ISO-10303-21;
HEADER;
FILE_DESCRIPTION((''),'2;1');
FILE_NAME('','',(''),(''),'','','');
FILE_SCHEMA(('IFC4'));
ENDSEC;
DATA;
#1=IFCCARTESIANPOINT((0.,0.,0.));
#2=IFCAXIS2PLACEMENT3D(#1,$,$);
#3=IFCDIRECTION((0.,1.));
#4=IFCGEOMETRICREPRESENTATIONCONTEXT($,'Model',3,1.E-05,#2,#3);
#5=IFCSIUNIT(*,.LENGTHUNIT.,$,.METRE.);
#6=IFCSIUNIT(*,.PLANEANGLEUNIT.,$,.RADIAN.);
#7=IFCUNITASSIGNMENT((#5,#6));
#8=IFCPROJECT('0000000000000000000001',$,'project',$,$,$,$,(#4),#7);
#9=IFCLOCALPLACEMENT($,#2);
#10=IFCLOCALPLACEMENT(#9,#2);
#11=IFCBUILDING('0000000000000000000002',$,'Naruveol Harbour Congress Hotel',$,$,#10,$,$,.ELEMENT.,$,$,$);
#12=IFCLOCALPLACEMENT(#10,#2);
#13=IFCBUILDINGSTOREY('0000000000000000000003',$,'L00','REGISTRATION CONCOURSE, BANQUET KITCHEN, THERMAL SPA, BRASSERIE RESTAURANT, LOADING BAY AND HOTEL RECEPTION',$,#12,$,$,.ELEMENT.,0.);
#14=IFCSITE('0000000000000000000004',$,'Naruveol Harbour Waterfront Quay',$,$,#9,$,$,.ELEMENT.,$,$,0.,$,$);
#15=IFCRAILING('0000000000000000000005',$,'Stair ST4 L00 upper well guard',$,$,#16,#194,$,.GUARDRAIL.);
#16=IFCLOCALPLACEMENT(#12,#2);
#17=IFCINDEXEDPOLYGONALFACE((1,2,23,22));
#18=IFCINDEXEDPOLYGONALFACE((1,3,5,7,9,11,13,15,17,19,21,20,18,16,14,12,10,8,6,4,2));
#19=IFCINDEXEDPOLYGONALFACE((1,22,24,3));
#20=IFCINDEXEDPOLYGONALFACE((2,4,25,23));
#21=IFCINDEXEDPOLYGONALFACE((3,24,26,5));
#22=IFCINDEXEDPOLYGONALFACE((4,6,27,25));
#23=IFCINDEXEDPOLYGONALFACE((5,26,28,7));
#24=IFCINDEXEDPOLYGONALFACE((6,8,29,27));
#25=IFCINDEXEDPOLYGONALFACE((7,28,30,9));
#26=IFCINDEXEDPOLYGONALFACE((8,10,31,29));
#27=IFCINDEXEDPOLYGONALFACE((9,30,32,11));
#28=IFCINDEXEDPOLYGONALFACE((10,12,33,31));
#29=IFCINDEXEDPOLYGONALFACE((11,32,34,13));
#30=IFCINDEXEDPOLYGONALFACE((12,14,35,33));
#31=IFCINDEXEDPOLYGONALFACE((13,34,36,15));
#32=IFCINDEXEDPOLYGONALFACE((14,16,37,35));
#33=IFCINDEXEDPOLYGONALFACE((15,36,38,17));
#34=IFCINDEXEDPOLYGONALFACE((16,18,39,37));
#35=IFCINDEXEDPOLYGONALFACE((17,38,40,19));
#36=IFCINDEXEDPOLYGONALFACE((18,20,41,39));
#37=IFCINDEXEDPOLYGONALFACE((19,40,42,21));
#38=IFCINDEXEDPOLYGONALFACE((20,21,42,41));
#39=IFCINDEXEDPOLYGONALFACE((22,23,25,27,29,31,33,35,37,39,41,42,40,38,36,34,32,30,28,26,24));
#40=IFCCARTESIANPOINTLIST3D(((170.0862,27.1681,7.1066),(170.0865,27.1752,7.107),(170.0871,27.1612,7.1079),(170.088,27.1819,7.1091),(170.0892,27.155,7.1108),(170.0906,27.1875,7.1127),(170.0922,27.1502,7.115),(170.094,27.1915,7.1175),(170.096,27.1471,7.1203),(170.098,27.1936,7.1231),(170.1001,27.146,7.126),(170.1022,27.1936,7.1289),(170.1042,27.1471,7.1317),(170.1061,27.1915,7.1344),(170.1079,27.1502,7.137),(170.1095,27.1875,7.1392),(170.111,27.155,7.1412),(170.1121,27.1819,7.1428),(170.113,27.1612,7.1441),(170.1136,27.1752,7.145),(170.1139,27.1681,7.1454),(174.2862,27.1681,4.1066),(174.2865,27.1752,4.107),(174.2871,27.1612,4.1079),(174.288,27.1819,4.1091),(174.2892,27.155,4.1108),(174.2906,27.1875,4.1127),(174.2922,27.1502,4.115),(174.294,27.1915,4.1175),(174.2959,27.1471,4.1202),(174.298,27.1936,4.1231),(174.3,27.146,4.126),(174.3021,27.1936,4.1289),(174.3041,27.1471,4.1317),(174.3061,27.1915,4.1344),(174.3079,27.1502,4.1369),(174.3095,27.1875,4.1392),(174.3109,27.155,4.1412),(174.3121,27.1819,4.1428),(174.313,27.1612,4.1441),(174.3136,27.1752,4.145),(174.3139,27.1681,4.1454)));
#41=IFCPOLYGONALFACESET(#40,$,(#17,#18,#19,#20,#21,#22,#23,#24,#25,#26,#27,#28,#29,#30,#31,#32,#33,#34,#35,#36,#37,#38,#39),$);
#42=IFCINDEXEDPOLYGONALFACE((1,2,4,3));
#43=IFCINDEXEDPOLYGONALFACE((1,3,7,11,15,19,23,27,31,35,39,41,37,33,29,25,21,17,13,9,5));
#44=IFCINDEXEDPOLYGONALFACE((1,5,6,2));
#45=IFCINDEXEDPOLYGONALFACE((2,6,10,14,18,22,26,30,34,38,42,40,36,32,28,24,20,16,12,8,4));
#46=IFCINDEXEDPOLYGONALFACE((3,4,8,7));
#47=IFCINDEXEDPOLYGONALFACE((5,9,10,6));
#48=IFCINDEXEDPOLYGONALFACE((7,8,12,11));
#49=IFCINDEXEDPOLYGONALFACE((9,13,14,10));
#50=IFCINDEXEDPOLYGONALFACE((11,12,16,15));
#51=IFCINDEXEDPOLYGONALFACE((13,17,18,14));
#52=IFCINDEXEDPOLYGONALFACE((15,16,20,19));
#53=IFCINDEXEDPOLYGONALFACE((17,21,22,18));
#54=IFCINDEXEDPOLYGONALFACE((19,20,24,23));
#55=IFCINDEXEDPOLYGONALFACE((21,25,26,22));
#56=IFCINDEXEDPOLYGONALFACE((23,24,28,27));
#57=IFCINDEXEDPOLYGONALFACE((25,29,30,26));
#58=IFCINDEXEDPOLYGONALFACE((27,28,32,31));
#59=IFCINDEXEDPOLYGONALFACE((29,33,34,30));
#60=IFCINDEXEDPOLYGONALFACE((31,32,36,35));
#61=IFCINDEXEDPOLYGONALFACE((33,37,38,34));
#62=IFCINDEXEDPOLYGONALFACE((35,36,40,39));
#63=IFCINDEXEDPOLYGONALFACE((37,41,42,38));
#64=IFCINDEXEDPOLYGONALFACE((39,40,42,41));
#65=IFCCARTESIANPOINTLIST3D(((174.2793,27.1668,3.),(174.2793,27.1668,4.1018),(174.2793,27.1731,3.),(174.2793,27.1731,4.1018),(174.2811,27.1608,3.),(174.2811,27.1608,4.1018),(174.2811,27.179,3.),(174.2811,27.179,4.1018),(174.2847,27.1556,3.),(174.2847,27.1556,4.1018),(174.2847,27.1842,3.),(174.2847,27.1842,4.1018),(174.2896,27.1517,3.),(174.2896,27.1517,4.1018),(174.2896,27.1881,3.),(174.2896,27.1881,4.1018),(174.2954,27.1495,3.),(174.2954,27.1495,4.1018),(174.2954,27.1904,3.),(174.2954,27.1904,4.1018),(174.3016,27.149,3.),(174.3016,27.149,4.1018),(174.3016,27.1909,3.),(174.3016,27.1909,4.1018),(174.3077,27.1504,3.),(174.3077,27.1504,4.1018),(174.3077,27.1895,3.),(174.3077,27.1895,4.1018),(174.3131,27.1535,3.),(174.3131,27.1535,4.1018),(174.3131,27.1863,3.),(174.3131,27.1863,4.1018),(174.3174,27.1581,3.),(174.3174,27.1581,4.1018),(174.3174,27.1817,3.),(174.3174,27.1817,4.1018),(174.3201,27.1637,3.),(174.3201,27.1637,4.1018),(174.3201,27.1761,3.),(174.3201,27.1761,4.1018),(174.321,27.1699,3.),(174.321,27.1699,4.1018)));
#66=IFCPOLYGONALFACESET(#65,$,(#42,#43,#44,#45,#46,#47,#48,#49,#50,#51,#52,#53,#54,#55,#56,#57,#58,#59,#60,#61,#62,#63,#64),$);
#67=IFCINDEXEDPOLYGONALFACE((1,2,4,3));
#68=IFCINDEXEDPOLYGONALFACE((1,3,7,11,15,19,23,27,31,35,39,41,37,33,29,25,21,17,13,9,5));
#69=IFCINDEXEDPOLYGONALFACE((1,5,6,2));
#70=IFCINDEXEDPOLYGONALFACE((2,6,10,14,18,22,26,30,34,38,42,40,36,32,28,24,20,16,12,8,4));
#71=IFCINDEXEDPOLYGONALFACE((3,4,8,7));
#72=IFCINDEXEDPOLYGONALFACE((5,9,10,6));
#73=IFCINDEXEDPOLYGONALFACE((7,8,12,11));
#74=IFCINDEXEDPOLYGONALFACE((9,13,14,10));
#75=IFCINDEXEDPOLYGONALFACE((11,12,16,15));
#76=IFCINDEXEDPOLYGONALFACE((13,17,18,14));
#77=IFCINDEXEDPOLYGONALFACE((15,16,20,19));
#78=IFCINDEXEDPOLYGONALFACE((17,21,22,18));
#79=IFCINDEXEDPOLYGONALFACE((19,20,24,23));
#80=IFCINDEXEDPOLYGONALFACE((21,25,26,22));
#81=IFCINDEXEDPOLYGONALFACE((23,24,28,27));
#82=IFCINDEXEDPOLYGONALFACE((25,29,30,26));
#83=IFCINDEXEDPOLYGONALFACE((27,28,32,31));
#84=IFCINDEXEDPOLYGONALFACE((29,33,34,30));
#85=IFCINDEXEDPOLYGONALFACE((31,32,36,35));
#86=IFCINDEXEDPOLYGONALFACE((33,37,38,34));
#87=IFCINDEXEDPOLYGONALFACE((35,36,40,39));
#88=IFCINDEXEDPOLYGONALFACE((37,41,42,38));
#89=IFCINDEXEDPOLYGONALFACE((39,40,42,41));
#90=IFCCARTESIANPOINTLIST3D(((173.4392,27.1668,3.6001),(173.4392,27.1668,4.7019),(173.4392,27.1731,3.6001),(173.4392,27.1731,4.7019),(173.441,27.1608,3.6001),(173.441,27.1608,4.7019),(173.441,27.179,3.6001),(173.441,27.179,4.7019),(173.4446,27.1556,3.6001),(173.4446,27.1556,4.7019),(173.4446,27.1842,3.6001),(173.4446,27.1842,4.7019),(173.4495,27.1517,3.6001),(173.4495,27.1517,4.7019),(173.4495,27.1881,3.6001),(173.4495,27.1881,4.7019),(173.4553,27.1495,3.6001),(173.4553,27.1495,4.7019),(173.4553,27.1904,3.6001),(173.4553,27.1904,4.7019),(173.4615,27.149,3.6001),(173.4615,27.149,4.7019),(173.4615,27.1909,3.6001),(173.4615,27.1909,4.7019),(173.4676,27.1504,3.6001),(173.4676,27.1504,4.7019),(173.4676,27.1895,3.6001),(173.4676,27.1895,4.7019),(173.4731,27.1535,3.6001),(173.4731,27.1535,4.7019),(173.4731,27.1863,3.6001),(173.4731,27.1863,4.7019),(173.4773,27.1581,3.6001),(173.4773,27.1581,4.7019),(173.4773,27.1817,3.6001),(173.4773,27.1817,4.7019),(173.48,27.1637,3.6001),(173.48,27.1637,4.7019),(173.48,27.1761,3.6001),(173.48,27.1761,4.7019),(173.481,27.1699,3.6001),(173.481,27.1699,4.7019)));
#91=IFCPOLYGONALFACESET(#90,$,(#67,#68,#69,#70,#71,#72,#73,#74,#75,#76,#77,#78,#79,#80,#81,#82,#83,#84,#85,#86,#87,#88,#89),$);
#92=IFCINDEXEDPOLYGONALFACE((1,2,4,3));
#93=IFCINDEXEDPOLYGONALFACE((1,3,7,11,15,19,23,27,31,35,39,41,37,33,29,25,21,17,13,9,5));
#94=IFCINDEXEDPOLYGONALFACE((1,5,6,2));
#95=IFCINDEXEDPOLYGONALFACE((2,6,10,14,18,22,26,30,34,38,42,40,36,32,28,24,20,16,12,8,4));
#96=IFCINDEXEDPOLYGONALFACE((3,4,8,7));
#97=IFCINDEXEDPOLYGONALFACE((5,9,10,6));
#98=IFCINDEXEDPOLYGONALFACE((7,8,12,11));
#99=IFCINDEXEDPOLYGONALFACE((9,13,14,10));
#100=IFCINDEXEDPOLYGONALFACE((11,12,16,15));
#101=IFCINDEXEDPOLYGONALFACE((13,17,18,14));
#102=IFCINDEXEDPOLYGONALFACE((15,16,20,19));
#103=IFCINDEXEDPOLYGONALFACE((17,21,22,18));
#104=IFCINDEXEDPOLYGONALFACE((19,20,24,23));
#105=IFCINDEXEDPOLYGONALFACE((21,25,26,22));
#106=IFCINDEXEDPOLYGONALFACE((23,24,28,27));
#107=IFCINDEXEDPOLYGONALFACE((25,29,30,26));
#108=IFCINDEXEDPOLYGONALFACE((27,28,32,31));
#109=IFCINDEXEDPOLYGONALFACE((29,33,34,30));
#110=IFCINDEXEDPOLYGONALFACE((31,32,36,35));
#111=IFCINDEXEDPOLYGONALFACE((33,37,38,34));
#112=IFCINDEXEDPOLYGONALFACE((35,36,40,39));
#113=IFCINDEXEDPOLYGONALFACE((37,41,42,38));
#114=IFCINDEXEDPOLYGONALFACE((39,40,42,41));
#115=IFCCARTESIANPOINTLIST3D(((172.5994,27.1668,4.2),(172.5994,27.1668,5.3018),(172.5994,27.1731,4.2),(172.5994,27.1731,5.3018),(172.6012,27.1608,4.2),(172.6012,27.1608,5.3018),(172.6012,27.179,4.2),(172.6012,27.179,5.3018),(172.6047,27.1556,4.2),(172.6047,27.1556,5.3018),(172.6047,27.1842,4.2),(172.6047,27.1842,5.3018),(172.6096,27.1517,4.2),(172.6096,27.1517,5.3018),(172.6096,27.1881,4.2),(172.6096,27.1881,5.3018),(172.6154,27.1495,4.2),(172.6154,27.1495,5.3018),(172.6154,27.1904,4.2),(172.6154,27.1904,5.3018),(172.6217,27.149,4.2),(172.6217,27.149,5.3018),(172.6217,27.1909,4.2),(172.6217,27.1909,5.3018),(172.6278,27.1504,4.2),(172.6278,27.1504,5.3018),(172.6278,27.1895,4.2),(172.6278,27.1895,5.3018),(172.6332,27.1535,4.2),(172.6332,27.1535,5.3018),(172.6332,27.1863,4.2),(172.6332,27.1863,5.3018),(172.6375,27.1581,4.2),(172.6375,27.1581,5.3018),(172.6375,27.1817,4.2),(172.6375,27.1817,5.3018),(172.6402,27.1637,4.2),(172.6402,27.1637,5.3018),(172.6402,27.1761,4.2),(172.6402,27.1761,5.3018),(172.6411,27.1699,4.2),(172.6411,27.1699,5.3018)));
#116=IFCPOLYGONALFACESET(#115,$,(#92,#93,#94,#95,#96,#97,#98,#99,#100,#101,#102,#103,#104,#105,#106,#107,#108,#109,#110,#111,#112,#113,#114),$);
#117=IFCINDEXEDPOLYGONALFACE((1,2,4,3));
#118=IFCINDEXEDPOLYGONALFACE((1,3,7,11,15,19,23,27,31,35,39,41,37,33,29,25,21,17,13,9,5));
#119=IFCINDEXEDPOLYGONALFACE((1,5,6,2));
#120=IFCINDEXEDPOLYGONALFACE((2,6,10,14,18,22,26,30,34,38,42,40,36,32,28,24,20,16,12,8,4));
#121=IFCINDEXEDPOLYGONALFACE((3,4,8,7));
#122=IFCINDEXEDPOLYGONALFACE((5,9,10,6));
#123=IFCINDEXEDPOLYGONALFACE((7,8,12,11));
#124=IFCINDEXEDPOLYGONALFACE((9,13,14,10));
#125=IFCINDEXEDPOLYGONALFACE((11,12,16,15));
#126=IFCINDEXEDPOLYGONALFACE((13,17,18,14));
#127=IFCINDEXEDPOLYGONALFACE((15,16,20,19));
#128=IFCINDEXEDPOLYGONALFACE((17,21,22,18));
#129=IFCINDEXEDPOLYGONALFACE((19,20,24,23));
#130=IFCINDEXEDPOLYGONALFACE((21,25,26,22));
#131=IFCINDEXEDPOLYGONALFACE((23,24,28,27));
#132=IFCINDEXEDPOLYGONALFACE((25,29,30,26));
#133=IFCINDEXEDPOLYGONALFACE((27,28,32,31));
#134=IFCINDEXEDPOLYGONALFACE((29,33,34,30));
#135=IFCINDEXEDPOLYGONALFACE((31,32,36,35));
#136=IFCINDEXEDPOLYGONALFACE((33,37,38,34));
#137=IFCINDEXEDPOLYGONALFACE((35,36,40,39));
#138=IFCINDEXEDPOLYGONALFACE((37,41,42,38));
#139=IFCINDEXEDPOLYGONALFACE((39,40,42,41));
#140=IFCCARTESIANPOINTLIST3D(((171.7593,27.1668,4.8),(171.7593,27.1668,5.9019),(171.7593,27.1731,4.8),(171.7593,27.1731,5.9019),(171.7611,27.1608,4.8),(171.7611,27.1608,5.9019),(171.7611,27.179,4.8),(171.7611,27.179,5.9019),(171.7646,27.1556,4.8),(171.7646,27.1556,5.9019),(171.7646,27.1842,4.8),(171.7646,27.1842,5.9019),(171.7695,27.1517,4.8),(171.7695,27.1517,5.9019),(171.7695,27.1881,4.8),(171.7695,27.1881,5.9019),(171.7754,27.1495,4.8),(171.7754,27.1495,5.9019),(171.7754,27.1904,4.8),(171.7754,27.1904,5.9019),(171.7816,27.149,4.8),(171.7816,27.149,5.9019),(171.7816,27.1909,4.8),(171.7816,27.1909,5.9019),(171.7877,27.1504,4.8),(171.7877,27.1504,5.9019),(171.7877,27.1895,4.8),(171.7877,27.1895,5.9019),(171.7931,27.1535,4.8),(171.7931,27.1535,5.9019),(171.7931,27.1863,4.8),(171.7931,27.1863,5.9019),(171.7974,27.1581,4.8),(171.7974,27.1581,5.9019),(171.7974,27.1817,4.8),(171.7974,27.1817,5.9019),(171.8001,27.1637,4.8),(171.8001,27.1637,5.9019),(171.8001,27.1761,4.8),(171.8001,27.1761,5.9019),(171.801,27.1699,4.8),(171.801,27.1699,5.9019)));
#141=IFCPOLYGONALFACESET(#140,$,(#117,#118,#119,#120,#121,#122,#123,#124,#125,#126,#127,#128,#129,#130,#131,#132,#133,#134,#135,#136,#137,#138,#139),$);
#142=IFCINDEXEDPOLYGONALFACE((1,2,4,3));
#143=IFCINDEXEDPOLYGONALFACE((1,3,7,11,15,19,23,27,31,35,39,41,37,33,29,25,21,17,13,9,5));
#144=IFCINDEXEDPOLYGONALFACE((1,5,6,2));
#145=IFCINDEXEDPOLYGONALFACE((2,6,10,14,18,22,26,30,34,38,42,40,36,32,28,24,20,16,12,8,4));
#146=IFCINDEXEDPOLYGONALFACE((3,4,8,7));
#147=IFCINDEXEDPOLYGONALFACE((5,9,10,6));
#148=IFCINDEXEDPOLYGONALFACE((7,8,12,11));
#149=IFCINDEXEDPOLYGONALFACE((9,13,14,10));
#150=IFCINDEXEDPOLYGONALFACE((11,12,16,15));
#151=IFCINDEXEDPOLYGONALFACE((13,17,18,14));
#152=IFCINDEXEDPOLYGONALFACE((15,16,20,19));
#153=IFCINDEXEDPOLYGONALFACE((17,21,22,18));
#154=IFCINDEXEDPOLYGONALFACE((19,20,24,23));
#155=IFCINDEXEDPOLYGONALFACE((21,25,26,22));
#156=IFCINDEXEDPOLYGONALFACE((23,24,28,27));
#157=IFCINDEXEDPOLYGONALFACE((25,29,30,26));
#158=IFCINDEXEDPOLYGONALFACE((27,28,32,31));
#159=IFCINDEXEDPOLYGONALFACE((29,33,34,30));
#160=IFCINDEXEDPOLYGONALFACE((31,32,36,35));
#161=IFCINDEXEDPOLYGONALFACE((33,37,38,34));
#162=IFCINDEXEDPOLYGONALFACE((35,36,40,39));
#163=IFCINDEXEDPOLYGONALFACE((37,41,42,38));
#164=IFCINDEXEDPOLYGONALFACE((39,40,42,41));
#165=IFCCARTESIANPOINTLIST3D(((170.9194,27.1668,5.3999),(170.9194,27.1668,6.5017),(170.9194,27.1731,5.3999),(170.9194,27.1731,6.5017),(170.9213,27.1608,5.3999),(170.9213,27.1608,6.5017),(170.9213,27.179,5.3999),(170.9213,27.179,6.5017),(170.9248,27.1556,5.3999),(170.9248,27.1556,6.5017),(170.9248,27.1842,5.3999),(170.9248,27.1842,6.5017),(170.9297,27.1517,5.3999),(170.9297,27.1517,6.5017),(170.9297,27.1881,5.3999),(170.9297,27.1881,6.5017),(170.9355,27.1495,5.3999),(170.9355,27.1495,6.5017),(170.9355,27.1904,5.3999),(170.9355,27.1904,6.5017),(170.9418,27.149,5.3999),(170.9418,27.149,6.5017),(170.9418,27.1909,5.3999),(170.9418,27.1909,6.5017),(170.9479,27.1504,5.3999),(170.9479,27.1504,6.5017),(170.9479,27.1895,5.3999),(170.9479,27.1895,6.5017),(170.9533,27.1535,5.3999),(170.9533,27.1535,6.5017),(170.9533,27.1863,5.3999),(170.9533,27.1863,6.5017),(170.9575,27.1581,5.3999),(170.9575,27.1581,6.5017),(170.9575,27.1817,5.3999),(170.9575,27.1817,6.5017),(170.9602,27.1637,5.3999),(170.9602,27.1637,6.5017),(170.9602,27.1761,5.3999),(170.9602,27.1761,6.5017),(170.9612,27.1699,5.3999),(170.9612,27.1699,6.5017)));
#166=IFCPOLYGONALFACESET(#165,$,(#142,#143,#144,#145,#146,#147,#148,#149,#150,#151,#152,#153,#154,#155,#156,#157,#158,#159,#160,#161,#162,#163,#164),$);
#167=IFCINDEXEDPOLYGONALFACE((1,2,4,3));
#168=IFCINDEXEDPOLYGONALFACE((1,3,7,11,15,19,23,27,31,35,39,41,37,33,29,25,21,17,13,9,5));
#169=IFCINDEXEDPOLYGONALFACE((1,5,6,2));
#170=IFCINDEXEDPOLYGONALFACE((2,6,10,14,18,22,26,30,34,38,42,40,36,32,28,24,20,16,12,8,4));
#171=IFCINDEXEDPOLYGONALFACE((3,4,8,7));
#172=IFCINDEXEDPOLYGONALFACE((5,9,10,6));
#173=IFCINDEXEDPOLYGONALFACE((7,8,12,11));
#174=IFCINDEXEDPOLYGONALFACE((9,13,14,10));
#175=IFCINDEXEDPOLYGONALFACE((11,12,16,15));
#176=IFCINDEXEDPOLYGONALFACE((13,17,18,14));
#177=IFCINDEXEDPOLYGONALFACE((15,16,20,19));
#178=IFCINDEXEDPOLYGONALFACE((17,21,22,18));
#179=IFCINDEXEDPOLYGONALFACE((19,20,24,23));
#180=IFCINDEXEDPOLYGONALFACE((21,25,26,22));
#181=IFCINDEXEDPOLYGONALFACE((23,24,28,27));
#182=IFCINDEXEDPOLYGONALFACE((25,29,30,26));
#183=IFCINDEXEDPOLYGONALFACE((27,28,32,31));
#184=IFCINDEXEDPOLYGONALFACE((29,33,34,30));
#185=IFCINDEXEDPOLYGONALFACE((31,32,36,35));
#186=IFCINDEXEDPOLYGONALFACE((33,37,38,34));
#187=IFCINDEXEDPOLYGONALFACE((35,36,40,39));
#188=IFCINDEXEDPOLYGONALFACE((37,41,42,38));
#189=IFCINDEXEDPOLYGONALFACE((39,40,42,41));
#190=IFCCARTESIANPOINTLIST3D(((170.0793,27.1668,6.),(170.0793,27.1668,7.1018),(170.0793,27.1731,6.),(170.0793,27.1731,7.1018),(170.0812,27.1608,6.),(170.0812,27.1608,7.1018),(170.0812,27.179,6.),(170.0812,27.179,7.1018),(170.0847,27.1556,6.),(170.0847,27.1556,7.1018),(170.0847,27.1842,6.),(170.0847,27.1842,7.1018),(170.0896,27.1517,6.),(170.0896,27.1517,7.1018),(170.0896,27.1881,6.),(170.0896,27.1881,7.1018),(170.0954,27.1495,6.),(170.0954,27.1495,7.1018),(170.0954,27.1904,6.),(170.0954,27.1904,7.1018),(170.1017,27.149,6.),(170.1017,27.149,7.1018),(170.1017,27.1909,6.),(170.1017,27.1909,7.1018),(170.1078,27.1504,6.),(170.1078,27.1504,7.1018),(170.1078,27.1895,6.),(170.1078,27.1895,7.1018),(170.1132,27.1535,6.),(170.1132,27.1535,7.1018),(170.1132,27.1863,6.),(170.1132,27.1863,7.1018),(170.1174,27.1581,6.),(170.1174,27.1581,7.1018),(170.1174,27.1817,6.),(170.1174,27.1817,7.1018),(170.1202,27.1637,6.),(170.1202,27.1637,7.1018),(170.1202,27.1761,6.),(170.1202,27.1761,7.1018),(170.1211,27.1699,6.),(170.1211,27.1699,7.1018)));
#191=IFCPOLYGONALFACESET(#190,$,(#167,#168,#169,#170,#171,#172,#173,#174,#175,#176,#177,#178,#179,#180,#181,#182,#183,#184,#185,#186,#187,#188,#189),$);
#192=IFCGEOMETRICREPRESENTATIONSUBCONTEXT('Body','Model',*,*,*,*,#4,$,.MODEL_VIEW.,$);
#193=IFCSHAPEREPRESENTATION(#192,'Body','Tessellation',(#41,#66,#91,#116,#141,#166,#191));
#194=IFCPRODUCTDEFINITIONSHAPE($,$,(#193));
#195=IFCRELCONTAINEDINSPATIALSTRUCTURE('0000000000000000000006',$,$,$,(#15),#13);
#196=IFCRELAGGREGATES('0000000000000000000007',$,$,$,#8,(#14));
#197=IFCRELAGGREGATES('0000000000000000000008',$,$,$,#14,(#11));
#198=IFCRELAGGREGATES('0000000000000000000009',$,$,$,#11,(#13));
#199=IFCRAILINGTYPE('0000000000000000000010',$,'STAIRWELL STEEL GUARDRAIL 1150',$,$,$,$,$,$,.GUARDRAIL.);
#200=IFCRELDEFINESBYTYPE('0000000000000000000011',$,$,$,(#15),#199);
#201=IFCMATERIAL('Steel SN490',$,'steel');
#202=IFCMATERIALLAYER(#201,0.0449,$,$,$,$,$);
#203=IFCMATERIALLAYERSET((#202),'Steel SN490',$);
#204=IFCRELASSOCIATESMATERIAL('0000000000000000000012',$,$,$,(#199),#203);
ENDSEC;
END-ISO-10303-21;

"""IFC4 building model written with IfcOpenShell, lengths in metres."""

from ifc_helpers import new_model, si_unit, direction, frame, origin, origin_2d, place, context, subcontext, project, spatial, circle, extrude, material, layer, layer_set, type_object, element, save


model = new_model("IFC4")

# Units and contexts
model_context = context("Model", 3, precision=1e-05, world=origin(), true_north=direction((0.0, 1.0)))
body_context = subcontext(model_context, "Body", "Model", "MODEL_VIEW")
ifc_project = project(units=[si_unit("LENGTHUNIT", "METRE"), si_unit("PLANEANGLEUNIT", "RADIAN")], contexts=[model_context])

# Site, building, storey
site_placement = place(None, origin())
site = spatial("IfcSite", under=ifc_project, at=site_placement, Name="Naruveol Harbour Waterfront Quay", CompositionType="ELEMENT", RefElevation=0.0)
building_placement = place(site_placement, origin())
building = spatial("IfcBuilding", under=site, at=building_placement, Name="Naruveol Harbour Congress Hotel", CompositionType="ELEMENT")
storey_placement = place(building_placement, origin())
storey = spatial("IfcBuildingStorey", under=building, at=storey_placement, Name="L00", Description="REGISTRATION CONCOURSE, BANQUET KITCHEN, THERMAL SPA, BRASSERIE RESTAURANT, LOADING BAY AND HOTEL RECEPTION", CompositionType="ELEMENT", Elevation=0.0)

# Railing
ifc_material_1 = material(Name="Steel SN490", Category="steel")
ifc_layer_1 = layer(ifc_material_1, 0.0449)
ifc_layer_set_1 = layer_set([ifc_layer_1], Name="Steel SN490")
railing_type_1 = type_object("IfcRailingType", Name="STAIRWELL STEEL GUARDRAIL 1150", PredefinedType="GUARDRAIL", material=ifc_layer_set_1)
railing_1_placement = place(storey_placement, frame((174.3, 27.1699, 3.0)))
element("IfcRailing", 1, at=railing_1_placement, inside=storey, type_object=railing_type_1, Name="Stair ST4 L00 upper well guard", PredefinedType="GUARDRAIL", context=body_context, shape_type="SweptSolid", body=[
    extrude(circle(Radius=0.0239, at=origin_2d()), frame((0.0, 0.0, 1.126), z_axis=(-0.81373, 0.0, 0.581243), x_axis=(0.0, -1.0, 0.0)), (0.0, 0.0, 1.0), 5.1614),
    extrude(circle(Radius=0.021, at=origin_2d()), origin(), (0.0, 0.0, 1.0), 1.1018),
    extrude(circle(Radius=0.021, at=origin_2d()), frame((-0.8401, 0.0, 0.6001)), (0.0, 0.0, 1.0), 1.1018),
    extrude(circle(Radius=0.021, at=origin_2d()), frame((-1.6799, 0.0, 1.2)), (0.0, 0.0, 1.0), 1.1018),
    extrude(circle(Radius=0.021, at=origin_2d()), frame((-2.52, 0.0, 1.8)), (0.0, 0.0, 1.0), 1.1018),
    extrude(circle(Radius=0.021, at=origin_2d()), frame((-3.3599, 0.0, 2.3999)), (0.0, 0.0, 1.0), 1.1018),
    extrude(circle(Radius=0.021, at=origin_2d()), frame((-4.2, 0.0, 3.0)), (0.0, 0.0, 1.0), 1.1018),
])

save(model, "model.ifc")
